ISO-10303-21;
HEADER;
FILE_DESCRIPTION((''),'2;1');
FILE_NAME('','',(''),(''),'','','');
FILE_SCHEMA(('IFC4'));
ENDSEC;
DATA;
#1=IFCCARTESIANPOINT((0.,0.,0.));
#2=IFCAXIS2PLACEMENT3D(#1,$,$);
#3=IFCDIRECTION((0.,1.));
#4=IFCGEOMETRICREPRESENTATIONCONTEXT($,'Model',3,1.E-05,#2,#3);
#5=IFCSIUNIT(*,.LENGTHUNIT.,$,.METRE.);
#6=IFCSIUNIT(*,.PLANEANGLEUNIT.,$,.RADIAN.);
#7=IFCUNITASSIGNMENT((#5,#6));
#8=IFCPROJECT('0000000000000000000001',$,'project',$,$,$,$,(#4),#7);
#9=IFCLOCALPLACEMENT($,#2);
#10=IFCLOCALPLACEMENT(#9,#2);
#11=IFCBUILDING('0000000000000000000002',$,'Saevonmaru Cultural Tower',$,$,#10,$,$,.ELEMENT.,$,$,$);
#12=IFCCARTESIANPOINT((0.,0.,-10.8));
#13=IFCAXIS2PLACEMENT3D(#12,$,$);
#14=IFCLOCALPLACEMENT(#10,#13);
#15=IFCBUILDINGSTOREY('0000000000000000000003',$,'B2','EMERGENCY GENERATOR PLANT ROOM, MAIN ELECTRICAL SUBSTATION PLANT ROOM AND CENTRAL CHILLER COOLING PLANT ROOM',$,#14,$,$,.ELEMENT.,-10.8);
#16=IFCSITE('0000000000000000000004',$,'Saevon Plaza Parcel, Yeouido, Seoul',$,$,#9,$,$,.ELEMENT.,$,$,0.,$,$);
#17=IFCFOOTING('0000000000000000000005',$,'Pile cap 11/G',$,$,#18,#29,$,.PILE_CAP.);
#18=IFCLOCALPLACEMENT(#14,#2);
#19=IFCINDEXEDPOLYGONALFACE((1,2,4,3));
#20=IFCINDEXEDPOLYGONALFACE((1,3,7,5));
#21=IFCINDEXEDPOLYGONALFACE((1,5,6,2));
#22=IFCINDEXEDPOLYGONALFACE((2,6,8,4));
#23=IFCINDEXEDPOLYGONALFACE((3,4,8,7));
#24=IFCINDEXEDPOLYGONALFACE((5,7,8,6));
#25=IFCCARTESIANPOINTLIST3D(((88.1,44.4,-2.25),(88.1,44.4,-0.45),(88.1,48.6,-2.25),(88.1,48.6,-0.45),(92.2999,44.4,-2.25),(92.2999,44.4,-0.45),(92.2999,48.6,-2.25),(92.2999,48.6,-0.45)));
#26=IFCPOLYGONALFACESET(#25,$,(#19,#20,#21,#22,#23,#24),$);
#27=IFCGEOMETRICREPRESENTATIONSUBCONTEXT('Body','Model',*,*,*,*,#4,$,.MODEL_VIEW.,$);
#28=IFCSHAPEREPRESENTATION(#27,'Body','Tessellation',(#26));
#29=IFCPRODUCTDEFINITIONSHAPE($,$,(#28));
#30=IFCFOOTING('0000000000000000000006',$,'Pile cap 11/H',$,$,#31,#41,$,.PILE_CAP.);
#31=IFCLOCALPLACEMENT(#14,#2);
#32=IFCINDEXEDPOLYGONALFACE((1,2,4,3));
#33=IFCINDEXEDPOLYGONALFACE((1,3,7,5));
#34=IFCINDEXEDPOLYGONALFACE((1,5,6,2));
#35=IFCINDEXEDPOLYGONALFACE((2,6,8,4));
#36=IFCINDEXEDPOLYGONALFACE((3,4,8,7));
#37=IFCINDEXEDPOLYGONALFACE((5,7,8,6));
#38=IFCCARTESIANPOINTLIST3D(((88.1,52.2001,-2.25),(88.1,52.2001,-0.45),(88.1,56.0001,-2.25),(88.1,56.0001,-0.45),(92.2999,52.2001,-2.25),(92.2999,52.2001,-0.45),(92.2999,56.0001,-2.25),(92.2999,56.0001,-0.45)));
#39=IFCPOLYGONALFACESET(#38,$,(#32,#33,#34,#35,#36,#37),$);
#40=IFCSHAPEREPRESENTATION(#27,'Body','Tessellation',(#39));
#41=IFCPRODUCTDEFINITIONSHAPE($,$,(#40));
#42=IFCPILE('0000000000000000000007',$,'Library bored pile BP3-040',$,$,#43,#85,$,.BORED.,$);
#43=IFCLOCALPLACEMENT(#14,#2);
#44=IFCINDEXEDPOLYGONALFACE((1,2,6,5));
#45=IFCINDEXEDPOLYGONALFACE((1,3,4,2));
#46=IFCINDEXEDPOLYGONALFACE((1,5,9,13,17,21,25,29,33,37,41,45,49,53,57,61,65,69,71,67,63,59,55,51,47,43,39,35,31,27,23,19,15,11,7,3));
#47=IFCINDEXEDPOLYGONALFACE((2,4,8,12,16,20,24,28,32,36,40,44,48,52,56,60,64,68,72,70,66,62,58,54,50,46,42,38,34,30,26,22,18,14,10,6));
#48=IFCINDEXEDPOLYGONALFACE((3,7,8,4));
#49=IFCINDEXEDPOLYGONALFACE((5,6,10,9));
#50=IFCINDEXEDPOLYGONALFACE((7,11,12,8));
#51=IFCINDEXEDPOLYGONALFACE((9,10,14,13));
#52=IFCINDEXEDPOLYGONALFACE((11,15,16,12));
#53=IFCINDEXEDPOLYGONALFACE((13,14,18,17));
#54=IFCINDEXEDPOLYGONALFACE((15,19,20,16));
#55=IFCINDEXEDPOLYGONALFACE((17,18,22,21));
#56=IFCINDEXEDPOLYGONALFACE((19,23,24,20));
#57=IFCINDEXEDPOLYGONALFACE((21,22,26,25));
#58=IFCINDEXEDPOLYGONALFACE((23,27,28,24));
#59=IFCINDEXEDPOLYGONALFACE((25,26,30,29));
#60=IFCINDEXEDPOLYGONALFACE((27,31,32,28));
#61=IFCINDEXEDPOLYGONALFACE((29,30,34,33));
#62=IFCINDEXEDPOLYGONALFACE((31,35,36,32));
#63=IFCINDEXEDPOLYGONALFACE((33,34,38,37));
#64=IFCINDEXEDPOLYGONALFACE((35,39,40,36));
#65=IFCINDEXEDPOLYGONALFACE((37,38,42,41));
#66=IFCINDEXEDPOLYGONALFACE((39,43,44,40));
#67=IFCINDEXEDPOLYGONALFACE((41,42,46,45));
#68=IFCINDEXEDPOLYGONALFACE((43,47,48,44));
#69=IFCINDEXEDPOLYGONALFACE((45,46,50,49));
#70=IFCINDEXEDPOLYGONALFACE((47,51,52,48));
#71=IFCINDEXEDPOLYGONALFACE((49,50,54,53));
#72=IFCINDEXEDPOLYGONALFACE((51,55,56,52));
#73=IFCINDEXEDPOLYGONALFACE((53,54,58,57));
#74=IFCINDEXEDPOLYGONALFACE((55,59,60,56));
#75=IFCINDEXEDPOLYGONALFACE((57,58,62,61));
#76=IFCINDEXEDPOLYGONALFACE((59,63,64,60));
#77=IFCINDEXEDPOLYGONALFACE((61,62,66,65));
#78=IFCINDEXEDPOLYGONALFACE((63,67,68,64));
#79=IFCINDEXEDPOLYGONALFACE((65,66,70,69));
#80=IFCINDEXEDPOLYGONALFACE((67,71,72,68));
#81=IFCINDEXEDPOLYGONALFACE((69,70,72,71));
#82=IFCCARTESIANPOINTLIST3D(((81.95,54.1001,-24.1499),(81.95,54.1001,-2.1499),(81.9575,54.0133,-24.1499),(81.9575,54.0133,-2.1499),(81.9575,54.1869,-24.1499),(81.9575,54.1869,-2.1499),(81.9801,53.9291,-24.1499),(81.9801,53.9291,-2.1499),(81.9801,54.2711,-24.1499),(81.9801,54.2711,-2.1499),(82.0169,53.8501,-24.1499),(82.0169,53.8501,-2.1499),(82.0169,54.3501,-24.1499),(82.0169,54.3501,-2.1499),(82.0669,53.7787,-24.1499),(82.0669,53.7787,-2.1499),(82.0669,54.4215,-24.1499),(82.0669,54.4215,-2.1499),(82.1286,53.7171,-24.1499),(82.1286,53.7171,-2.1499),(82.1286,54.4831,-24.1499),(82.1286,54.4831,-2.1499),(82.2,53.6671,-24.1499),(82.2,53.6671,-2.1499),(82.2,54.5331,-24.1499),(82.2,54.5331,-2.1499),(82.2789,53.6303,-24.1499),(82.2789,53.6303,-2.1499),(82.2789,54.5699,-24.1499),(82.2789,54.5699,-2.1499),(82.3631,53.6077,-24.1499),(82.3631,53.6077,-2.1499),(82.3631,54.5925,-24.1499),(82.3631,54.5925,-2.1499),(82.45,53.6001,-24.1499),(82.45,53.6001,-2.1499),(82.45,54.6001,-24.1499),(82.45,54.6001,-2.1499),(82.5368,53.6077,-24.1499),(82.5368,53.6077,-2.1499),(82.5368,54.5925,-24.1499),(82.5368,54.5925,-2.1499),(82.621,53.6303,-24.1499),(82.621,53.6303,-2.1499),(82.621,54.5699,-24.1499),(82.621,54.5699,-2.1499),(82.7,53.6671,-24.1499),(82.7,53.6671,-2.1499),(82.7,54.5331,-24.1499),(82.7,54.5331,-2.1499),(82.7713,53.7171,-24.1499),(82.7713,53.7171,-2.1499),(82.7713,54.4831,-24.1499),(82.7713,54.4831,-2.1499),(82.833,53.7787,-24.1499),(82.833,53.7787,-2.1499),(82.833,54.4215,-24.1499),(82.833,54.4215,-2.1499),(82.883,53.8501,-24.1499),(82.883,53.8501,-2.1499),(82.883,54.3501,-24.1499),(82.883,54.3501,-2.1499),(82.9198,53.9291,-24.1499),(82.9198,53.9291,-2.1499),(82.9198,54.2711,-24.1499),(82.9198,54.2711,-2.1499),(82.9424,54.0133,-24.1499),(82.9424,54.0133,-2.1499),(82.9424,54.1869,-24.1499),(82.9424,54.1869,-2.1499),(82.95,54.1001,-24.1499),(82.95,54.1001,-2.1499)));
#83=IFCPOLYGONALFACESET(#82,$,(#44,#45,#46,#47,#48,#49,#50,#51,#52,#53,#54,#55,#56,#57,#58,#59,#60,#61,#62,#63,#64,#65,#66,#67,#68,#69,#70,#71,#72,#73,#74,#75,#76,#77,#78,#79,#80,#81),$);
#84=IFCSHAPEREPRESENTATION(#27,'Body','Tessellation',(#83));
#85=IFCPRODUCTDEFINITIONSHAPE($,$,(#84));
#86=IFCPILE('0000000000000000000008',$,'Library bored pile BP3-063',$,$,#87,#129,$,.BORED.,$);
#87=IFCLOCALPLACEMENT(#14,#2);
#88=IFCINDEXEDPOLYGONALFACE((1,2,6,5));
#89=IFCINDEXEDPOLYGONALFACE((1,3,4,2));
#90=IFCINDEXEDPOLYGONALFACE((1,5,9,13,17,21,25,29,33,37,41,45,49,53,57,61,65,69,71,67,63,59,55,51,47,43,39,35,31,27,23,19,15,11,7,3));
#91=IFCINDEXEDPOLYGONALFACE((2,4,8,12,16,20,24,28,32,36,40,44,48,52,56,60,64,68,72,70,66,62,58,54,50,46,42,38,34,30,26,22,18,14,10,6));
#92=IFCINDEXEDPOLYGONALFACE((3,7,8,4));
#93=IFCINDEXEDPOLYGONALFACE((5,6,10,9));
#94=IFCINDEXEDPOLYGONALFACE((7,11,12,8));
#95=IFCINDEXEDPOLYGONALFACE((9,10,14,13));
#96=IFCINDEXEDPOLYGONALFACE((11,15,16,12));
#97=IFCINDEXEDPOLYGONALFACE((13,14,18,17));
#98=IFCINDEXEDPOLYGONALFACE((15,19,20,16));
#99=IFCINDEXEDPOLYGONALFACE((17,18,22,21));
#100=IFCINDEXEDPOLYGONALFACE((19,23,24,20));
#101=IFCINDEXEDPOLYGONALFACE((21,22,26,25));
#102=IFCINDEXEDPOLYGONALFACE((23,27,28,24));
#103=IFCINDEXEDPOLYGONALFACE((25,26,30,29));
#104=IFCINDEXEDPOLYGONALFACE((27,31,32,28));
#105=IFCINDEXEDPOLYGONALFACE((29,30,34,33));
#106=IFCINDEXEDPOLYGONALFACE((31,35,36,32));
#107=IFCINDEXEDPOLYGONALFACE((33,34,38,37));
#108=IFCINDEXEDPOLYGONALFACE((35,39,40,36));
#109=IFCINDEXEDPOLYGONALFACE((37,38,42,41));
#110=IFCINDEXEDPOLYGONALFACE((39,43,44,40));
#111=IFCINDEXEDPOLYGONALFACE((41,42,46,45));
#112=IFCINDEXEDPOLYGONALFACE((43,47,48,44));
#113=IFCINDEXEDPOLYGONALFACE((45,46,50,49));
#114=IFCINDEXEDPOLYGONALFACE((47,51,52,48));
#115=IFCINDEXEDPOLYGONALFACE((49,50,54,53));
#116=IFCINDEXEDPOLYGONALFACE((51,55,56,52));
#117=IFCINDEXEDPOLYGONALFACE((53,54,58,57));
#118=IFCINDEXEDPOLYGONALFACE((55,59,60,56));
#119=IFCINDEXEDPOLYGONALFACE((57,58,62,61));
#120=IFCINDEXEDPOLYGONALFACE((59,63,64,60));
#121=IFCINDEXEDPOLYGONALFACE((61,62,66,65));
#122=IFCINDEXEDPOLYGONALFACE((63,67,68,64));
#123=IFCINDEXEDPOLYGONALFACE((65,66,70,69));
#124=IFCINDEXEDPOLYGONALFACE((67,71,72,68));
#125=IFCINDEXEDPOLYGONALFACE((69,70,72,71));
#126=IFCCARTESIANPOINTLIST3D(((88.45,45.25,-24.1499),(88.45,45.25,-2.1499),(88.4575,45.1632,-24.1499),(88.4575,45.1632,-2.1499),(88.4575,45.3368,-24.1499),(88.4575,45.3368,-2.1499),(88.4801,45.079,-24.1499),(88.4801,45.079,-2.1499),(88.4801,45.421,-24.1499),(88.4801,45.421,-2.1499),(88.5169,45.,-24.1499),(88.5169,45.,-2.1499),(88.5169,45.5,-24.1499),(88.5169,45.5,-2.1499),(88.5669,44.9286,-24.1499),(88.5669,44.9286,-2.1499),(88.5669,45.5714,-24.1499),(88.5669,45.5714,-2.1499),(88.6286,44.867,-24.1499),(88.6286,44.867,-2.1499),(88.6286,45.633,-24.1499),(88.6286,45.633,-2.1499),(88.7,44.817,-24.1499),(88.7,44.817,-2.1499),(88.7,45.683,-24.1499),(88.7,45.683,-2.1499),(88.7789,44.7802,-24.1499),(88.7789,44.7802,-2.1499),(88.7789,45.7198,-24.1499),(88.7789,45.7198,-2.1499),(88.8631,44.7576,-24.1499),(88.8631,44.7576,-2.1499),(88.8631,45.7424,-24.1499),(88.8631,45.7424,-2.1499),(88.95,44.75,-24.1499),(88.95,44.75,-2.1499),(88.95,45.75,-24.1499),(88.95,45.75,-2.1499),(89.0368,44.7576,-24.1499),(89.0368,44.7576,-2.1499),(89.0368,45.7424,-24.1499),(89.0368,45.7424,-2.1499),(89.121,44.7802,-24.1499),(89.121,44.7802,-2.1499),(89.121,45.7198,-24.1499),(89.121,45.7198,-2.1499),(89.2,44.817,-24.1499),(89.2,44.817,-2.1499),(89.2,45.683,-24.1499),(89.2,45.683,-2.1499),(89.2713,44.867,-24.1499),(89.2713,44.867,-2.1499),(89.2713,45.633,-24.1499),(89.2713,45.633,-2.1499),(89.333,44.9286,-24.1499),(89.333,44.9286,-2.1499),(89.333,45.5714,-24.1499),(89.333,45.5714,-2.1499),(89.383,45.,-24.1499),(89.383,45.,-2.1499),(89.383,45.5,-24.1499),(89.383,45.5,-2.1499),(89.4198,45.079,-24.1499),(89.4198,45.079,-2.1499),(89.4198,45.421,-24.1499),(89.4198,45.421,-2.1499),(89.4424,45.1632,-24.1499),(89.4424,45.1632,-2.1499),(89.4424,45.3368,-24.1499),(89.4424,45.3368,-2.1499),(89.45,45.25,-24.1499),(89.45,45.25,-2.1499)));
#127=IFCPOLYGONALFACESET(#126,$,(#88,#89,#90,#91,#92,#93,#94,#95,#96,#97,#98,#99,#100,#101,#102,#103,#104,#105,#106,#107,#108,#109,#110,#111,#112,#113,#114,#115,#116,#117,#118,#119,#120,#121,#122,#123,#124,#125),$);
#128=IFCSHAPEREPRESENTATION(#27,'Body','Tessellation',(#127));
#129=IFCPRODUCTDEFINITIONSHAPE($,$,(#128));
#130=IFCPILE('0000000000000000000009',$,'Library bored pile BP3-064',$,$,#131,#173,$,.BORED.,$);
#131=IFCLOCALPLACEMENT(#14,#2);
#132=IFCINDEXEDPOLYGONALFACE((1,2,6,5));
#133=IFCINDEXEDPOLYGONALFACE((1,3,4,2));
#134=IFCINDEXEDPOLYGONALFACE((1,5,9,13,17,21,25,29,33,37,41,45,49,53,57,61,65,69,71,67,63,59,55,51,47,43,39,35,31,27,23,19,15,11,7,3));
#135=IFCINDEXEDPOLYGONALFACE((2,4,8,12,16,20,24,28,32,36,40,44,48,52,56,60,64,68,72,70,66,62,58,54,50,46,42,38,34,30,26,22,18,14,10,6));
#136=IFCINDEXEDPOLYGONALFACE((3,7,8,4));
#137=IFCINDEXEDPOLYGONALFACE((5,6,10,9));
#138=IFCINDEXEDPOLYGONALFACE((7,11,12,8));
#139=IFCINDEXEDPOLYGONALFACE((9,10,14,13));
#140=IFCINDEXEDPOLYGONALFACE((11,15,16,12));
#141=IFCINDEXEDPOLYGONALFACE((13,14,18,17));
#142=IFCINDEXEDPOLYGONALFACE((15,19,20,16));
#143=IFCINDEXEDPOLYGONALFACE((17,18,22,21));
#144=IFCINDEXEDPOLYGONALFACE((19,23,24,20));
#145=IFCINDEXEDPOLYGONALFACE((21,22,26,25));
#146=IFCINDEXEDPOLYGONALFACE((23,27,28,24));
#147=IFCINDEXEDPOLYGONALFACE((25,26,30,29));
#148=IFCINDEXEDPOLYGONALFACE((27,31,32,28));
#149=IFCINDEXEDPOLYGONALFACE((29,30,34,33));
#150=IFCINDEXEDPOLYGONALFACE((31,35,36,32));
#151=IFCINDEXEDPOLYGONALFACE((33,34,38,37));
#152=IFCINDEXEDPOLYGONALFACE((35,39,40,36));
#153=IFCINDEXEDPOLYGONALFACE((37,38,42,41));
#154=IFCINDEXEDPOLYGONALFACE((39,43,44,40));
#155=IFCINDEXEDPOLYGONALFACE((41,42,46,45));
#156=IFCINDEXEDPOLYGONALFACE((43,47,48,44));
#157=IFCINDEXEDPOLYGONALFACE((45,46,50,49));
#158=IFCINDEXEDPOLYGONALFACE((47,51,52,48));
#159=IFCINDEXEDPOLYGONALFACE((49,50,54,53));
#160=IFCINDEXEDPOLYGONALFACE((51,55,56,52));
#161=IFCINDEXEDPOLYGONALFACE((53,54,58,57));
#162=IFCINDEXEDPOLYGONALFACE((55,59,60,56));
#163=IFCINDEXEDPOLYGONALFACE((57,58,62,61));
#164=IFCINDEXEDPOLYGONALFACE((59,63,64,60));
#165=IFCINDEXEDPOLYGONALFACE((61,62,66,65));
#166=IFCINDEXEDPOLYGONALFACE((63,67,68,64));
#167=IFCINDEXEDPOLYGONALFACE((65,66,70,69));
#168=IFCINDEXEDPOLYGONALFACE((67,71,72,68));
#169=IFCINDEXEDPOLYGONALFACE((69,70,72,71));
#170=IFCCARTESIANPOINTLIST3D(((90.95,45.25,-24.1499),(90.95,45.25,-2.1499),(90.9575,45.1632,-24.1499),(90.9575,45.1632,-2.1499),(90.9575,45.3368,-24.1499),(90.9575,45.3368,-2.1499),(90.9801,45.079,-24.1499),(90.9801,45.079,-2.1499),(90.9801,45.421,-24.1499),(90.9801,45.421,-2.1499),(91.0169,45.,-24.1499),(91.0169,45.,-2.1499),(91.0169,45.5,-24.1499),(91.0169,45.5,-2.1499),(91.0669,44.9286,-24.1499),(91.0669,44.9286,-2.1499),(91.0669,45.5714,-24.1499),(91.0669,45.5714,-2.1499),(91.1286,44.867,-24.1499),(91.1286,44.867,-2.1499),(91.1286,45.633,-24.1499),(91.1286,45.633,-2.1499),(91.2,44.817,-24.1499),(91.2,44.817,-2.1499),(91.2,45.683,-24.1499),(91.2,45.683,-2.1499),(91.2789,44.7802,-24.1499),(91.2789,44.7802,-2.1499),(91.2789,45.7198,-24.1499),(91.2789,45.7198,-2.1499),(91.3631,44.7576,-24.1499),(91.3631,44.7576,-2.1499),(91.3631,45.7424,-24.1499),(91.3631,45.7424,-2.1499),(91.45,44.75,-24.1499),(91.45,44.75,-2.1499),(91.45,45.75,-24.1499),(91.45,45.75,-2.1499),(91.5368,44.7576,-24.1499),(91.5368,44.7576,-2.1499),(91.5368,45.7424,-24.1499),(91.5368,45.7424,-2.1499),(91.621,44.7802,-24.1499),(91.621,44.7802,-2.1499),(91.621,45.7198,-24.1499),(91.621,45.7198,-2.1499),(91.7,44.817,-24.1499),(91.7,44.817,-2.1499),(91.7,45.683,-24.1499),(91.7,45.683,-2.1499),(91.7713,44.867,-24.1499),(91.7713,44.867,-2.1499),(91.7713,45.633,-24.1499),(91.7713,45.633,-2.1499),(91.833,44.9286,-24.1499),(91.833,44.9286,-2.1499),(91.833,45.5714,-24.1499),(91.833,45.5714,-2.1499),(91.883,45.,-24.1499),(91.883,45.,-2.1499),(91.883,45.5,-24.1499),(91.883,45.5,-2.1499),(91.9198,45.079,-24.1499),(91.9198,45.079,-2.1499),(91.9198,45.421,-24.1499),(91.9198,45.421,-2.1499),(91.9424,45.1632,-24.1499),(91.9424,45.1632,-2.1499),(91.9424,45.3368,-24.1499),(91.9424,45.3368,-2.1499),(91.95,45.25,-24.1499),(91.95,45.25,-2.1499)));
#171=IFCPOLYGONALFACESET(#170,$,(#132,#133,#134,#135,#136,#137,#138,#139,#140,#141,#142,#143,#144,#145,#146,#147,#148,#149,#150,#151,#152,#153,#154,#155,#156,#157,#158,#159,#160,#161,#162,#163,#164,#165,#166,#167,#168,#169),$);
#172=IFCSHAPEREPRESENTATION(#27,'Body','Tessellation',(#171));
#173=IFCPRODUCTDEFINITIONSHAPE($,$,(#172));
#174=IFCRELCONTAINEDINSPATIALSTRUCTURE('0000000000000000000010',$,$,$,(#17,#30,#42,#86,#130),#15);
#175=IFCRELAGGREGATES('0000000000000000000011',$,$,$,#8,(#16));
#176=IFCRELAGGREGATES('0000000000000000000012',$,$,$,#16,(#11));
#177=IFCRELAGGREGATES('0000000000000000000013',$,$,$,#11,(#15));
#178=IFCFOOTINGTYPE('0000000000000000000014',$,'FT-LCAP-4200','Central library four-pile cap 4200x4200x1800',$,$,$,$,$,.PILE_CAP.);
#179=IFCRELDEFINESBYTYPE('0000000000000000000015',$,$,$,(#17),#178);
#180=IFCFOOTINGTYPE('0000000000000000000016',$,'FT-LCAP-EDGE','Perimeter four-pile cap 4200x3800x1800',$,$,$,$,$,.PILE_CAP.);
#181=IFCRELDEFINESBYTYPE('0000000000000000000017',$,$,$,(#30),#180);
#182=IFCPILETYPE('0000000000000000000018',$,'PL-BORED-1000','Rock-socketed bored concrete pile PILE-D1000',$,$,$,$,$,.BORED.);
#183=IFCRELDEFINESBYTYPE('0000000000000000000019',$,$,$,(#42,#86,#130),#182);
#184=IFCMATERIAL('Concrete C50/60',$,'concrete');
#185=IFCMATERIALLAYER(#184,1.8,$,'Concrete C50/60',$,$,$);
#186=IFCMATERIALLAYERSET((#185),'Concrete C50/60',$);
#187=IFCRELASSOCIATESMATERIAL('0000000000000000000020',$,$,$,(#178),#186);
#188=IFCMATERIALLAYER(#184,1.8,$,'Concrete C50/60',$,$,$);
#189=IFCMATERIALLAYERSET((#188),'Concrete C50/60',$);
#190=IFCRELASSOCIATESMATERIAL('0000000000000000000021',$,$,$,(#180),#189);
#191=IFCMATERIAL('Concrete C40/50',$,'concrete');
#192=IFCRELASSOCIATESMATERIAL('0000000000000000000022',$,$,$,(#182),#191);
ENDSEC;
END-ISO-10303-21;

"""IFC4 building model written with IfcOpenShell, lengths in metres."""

from ifc_helpers import new_model, si_unit, direction, frame, origin, origin_2d, place, context, subcontext, project, spatial, rectangle, circle, extrude, material, layer, layer_set, material_profile, profile_set, type_object, element, save


model = new_model("IFC4")

# Units and contexts
model_context = context("Model", 3, precision=1e-05, world=origin(), true_north=direction((0.0, 1.0)))
body_context = subcontext(model_context, "Body", "Model", "MODEL_VIEW")
ifc_project = project(units=[si_unit("LENGTHUNIT", "METRE"), si_unit("PLANEANGLEUNIT", "RADIAN")], contexts=[model_context])

# Site, building, storey
site_placement = place(None, origin())
site = spatial("IfcSite", under=ifc_project, at=site_placement, Name="Saevon Plaza Parcel, Yeouido, Seoul", CompositionType="ELEMENT", RefElevation=0.0)
building_placement = place(site_placement, origin())
building = spatial("IfcBuilding", under=site, at=building_placement, Name="Saevonmaru Cultural Tower", CompositionType="ELEMENT")
storey_placement = place(building_placement, frame((0.0, 0.0, -10.8)))
storey = spatial("IfcBuildingStorey", under=building, at=storey_placement, Name="B2", Description="EMERGENCY GENERATOR PLANT ROOM, MAIN ELECTRICAL SUBSTATION PLANT ROOM AND CENTRAL CHILLER COOLING PLANT ROOM", CompositionType="ELEMENT", Elevation=-10.8)

# Footings
ifc_material_1 = material(Name="Concrete C50/60", Category="concrete")
ifc_layer_1 = layer(ifc_material_1, 1.8, Name="Concrete C50/60")
ifc_layer_set_1 = layer_set([ifc_layer_1], Name="Concrete C50/60")
footing_type_1 = type_object("IfcFootingType", Name="FT-LCAP-4200", Description="Central library four-pile cap 4200x4200x1800", PredefinedType="PILE_CAP", material=ifc_layer_set_1)
footing_1_placement = place(storey_placement, frame((90.2, 46.5, -2.25), z_axis=(0.0, 0.0, 1.0), x_axis=(1.0, 0.0, 0.0)))
element("IfcFooting", 1, at=footing_1_placement, inside=storey, type_object=footing_type_1, Name="Pile cap 11/G", PredefinedType="PILE_CAP", context=body_context, shape_type="SweptSolid", body=[
    extrude(rectangle(XDim=4.2, YDim=4.2, at=origin_2d()), origin(), (0.0, 0.0, 1.0), 1.8),
])
ifc_layer_2 = layer(ifc_material_1, 1.8, Name="Concrete C50/60")
ifc_layer_set_2 = layer_set([ifc_layer_2], Name="Concrete C50/60")
footing_type_2 = type_object("IfcFootingType", Name="FT-LCAP-EDGE", Description="Perimeter four-pile cap 4200x3800x1800", PredefinedType="PILE_CAP", material=ifc_layer_set_2)
footing_2_placement = place(storey_placement, frame((90.2, 54.1001, -2.25), z_axis=(0.0, 0.0, 1.0), x_axis=(1.0, 0.0, 0.0)))
element("IfcFooting", 2, at=footing_2_placement, inside=storey, type_object=footing_type_2, Name="Pile cap 11/H", PredefinedType="PILE_CAP", context=body_context, shape_type="SweptSolid", body=[
    extrude(rectangle(XDim=4.2, YDim=3.8, at=origin_2d()), origin(), (0.0, 0.0, 1.0), 1.8),
])

# Piles
ifc_material_2 = material(Name="Concrete C40/50", Category="concrete")
ifc_material_profile_1 = material_profile(ifc_material_2, circle(Radius=0.5, at=origin_2d()), Name="PILE-D1000")
ifc_profile_set_1 = profile_set([ifc_material_profile_1], Name="Concrete C40/50")
pile_type_1 = type_object("IfcPileType", Name="PL-BORED-1000", Description="Rock-socketed bored concrete pile PILE-D1000", PredefinedType="BORED", material=ifc_profile_set_1)
for number, where, z_axis, x_axis, name in (
    (3, (82.45, 54.1001, -2.1499), (0.0, 0.0, -1.0), (1.0, 0.0, 0.0), "Library bored pile BP3-040"),
    (4, (88.95, 45.25, -2.1499), (0.0, 0.0, -1.0), (1.0, 0.0, 0.0), "Library bored pile BP3-063"),
    (5, (91.45, 45.25, -2.1499), (0.0, 0.0, -1.0), (1.0, 0.0, 0.0), "Library bored pile BP3-064"),
):
    element("IfcPile", number, at=place(storey_placement, frame(where, z_axis=z_axis, x_axis=x_axis)), inside=storey, type_object=pile_type_1, Name=name, PredefinedType="BORED", context=body_context, shape_type="SweptSolid", body=[
        extrude(circle(Radius=0.5, at=origin_2d()), origin(), (0.0, 0.0, 1.0), 22.0),
    ])

save(model, "model.ifc")
